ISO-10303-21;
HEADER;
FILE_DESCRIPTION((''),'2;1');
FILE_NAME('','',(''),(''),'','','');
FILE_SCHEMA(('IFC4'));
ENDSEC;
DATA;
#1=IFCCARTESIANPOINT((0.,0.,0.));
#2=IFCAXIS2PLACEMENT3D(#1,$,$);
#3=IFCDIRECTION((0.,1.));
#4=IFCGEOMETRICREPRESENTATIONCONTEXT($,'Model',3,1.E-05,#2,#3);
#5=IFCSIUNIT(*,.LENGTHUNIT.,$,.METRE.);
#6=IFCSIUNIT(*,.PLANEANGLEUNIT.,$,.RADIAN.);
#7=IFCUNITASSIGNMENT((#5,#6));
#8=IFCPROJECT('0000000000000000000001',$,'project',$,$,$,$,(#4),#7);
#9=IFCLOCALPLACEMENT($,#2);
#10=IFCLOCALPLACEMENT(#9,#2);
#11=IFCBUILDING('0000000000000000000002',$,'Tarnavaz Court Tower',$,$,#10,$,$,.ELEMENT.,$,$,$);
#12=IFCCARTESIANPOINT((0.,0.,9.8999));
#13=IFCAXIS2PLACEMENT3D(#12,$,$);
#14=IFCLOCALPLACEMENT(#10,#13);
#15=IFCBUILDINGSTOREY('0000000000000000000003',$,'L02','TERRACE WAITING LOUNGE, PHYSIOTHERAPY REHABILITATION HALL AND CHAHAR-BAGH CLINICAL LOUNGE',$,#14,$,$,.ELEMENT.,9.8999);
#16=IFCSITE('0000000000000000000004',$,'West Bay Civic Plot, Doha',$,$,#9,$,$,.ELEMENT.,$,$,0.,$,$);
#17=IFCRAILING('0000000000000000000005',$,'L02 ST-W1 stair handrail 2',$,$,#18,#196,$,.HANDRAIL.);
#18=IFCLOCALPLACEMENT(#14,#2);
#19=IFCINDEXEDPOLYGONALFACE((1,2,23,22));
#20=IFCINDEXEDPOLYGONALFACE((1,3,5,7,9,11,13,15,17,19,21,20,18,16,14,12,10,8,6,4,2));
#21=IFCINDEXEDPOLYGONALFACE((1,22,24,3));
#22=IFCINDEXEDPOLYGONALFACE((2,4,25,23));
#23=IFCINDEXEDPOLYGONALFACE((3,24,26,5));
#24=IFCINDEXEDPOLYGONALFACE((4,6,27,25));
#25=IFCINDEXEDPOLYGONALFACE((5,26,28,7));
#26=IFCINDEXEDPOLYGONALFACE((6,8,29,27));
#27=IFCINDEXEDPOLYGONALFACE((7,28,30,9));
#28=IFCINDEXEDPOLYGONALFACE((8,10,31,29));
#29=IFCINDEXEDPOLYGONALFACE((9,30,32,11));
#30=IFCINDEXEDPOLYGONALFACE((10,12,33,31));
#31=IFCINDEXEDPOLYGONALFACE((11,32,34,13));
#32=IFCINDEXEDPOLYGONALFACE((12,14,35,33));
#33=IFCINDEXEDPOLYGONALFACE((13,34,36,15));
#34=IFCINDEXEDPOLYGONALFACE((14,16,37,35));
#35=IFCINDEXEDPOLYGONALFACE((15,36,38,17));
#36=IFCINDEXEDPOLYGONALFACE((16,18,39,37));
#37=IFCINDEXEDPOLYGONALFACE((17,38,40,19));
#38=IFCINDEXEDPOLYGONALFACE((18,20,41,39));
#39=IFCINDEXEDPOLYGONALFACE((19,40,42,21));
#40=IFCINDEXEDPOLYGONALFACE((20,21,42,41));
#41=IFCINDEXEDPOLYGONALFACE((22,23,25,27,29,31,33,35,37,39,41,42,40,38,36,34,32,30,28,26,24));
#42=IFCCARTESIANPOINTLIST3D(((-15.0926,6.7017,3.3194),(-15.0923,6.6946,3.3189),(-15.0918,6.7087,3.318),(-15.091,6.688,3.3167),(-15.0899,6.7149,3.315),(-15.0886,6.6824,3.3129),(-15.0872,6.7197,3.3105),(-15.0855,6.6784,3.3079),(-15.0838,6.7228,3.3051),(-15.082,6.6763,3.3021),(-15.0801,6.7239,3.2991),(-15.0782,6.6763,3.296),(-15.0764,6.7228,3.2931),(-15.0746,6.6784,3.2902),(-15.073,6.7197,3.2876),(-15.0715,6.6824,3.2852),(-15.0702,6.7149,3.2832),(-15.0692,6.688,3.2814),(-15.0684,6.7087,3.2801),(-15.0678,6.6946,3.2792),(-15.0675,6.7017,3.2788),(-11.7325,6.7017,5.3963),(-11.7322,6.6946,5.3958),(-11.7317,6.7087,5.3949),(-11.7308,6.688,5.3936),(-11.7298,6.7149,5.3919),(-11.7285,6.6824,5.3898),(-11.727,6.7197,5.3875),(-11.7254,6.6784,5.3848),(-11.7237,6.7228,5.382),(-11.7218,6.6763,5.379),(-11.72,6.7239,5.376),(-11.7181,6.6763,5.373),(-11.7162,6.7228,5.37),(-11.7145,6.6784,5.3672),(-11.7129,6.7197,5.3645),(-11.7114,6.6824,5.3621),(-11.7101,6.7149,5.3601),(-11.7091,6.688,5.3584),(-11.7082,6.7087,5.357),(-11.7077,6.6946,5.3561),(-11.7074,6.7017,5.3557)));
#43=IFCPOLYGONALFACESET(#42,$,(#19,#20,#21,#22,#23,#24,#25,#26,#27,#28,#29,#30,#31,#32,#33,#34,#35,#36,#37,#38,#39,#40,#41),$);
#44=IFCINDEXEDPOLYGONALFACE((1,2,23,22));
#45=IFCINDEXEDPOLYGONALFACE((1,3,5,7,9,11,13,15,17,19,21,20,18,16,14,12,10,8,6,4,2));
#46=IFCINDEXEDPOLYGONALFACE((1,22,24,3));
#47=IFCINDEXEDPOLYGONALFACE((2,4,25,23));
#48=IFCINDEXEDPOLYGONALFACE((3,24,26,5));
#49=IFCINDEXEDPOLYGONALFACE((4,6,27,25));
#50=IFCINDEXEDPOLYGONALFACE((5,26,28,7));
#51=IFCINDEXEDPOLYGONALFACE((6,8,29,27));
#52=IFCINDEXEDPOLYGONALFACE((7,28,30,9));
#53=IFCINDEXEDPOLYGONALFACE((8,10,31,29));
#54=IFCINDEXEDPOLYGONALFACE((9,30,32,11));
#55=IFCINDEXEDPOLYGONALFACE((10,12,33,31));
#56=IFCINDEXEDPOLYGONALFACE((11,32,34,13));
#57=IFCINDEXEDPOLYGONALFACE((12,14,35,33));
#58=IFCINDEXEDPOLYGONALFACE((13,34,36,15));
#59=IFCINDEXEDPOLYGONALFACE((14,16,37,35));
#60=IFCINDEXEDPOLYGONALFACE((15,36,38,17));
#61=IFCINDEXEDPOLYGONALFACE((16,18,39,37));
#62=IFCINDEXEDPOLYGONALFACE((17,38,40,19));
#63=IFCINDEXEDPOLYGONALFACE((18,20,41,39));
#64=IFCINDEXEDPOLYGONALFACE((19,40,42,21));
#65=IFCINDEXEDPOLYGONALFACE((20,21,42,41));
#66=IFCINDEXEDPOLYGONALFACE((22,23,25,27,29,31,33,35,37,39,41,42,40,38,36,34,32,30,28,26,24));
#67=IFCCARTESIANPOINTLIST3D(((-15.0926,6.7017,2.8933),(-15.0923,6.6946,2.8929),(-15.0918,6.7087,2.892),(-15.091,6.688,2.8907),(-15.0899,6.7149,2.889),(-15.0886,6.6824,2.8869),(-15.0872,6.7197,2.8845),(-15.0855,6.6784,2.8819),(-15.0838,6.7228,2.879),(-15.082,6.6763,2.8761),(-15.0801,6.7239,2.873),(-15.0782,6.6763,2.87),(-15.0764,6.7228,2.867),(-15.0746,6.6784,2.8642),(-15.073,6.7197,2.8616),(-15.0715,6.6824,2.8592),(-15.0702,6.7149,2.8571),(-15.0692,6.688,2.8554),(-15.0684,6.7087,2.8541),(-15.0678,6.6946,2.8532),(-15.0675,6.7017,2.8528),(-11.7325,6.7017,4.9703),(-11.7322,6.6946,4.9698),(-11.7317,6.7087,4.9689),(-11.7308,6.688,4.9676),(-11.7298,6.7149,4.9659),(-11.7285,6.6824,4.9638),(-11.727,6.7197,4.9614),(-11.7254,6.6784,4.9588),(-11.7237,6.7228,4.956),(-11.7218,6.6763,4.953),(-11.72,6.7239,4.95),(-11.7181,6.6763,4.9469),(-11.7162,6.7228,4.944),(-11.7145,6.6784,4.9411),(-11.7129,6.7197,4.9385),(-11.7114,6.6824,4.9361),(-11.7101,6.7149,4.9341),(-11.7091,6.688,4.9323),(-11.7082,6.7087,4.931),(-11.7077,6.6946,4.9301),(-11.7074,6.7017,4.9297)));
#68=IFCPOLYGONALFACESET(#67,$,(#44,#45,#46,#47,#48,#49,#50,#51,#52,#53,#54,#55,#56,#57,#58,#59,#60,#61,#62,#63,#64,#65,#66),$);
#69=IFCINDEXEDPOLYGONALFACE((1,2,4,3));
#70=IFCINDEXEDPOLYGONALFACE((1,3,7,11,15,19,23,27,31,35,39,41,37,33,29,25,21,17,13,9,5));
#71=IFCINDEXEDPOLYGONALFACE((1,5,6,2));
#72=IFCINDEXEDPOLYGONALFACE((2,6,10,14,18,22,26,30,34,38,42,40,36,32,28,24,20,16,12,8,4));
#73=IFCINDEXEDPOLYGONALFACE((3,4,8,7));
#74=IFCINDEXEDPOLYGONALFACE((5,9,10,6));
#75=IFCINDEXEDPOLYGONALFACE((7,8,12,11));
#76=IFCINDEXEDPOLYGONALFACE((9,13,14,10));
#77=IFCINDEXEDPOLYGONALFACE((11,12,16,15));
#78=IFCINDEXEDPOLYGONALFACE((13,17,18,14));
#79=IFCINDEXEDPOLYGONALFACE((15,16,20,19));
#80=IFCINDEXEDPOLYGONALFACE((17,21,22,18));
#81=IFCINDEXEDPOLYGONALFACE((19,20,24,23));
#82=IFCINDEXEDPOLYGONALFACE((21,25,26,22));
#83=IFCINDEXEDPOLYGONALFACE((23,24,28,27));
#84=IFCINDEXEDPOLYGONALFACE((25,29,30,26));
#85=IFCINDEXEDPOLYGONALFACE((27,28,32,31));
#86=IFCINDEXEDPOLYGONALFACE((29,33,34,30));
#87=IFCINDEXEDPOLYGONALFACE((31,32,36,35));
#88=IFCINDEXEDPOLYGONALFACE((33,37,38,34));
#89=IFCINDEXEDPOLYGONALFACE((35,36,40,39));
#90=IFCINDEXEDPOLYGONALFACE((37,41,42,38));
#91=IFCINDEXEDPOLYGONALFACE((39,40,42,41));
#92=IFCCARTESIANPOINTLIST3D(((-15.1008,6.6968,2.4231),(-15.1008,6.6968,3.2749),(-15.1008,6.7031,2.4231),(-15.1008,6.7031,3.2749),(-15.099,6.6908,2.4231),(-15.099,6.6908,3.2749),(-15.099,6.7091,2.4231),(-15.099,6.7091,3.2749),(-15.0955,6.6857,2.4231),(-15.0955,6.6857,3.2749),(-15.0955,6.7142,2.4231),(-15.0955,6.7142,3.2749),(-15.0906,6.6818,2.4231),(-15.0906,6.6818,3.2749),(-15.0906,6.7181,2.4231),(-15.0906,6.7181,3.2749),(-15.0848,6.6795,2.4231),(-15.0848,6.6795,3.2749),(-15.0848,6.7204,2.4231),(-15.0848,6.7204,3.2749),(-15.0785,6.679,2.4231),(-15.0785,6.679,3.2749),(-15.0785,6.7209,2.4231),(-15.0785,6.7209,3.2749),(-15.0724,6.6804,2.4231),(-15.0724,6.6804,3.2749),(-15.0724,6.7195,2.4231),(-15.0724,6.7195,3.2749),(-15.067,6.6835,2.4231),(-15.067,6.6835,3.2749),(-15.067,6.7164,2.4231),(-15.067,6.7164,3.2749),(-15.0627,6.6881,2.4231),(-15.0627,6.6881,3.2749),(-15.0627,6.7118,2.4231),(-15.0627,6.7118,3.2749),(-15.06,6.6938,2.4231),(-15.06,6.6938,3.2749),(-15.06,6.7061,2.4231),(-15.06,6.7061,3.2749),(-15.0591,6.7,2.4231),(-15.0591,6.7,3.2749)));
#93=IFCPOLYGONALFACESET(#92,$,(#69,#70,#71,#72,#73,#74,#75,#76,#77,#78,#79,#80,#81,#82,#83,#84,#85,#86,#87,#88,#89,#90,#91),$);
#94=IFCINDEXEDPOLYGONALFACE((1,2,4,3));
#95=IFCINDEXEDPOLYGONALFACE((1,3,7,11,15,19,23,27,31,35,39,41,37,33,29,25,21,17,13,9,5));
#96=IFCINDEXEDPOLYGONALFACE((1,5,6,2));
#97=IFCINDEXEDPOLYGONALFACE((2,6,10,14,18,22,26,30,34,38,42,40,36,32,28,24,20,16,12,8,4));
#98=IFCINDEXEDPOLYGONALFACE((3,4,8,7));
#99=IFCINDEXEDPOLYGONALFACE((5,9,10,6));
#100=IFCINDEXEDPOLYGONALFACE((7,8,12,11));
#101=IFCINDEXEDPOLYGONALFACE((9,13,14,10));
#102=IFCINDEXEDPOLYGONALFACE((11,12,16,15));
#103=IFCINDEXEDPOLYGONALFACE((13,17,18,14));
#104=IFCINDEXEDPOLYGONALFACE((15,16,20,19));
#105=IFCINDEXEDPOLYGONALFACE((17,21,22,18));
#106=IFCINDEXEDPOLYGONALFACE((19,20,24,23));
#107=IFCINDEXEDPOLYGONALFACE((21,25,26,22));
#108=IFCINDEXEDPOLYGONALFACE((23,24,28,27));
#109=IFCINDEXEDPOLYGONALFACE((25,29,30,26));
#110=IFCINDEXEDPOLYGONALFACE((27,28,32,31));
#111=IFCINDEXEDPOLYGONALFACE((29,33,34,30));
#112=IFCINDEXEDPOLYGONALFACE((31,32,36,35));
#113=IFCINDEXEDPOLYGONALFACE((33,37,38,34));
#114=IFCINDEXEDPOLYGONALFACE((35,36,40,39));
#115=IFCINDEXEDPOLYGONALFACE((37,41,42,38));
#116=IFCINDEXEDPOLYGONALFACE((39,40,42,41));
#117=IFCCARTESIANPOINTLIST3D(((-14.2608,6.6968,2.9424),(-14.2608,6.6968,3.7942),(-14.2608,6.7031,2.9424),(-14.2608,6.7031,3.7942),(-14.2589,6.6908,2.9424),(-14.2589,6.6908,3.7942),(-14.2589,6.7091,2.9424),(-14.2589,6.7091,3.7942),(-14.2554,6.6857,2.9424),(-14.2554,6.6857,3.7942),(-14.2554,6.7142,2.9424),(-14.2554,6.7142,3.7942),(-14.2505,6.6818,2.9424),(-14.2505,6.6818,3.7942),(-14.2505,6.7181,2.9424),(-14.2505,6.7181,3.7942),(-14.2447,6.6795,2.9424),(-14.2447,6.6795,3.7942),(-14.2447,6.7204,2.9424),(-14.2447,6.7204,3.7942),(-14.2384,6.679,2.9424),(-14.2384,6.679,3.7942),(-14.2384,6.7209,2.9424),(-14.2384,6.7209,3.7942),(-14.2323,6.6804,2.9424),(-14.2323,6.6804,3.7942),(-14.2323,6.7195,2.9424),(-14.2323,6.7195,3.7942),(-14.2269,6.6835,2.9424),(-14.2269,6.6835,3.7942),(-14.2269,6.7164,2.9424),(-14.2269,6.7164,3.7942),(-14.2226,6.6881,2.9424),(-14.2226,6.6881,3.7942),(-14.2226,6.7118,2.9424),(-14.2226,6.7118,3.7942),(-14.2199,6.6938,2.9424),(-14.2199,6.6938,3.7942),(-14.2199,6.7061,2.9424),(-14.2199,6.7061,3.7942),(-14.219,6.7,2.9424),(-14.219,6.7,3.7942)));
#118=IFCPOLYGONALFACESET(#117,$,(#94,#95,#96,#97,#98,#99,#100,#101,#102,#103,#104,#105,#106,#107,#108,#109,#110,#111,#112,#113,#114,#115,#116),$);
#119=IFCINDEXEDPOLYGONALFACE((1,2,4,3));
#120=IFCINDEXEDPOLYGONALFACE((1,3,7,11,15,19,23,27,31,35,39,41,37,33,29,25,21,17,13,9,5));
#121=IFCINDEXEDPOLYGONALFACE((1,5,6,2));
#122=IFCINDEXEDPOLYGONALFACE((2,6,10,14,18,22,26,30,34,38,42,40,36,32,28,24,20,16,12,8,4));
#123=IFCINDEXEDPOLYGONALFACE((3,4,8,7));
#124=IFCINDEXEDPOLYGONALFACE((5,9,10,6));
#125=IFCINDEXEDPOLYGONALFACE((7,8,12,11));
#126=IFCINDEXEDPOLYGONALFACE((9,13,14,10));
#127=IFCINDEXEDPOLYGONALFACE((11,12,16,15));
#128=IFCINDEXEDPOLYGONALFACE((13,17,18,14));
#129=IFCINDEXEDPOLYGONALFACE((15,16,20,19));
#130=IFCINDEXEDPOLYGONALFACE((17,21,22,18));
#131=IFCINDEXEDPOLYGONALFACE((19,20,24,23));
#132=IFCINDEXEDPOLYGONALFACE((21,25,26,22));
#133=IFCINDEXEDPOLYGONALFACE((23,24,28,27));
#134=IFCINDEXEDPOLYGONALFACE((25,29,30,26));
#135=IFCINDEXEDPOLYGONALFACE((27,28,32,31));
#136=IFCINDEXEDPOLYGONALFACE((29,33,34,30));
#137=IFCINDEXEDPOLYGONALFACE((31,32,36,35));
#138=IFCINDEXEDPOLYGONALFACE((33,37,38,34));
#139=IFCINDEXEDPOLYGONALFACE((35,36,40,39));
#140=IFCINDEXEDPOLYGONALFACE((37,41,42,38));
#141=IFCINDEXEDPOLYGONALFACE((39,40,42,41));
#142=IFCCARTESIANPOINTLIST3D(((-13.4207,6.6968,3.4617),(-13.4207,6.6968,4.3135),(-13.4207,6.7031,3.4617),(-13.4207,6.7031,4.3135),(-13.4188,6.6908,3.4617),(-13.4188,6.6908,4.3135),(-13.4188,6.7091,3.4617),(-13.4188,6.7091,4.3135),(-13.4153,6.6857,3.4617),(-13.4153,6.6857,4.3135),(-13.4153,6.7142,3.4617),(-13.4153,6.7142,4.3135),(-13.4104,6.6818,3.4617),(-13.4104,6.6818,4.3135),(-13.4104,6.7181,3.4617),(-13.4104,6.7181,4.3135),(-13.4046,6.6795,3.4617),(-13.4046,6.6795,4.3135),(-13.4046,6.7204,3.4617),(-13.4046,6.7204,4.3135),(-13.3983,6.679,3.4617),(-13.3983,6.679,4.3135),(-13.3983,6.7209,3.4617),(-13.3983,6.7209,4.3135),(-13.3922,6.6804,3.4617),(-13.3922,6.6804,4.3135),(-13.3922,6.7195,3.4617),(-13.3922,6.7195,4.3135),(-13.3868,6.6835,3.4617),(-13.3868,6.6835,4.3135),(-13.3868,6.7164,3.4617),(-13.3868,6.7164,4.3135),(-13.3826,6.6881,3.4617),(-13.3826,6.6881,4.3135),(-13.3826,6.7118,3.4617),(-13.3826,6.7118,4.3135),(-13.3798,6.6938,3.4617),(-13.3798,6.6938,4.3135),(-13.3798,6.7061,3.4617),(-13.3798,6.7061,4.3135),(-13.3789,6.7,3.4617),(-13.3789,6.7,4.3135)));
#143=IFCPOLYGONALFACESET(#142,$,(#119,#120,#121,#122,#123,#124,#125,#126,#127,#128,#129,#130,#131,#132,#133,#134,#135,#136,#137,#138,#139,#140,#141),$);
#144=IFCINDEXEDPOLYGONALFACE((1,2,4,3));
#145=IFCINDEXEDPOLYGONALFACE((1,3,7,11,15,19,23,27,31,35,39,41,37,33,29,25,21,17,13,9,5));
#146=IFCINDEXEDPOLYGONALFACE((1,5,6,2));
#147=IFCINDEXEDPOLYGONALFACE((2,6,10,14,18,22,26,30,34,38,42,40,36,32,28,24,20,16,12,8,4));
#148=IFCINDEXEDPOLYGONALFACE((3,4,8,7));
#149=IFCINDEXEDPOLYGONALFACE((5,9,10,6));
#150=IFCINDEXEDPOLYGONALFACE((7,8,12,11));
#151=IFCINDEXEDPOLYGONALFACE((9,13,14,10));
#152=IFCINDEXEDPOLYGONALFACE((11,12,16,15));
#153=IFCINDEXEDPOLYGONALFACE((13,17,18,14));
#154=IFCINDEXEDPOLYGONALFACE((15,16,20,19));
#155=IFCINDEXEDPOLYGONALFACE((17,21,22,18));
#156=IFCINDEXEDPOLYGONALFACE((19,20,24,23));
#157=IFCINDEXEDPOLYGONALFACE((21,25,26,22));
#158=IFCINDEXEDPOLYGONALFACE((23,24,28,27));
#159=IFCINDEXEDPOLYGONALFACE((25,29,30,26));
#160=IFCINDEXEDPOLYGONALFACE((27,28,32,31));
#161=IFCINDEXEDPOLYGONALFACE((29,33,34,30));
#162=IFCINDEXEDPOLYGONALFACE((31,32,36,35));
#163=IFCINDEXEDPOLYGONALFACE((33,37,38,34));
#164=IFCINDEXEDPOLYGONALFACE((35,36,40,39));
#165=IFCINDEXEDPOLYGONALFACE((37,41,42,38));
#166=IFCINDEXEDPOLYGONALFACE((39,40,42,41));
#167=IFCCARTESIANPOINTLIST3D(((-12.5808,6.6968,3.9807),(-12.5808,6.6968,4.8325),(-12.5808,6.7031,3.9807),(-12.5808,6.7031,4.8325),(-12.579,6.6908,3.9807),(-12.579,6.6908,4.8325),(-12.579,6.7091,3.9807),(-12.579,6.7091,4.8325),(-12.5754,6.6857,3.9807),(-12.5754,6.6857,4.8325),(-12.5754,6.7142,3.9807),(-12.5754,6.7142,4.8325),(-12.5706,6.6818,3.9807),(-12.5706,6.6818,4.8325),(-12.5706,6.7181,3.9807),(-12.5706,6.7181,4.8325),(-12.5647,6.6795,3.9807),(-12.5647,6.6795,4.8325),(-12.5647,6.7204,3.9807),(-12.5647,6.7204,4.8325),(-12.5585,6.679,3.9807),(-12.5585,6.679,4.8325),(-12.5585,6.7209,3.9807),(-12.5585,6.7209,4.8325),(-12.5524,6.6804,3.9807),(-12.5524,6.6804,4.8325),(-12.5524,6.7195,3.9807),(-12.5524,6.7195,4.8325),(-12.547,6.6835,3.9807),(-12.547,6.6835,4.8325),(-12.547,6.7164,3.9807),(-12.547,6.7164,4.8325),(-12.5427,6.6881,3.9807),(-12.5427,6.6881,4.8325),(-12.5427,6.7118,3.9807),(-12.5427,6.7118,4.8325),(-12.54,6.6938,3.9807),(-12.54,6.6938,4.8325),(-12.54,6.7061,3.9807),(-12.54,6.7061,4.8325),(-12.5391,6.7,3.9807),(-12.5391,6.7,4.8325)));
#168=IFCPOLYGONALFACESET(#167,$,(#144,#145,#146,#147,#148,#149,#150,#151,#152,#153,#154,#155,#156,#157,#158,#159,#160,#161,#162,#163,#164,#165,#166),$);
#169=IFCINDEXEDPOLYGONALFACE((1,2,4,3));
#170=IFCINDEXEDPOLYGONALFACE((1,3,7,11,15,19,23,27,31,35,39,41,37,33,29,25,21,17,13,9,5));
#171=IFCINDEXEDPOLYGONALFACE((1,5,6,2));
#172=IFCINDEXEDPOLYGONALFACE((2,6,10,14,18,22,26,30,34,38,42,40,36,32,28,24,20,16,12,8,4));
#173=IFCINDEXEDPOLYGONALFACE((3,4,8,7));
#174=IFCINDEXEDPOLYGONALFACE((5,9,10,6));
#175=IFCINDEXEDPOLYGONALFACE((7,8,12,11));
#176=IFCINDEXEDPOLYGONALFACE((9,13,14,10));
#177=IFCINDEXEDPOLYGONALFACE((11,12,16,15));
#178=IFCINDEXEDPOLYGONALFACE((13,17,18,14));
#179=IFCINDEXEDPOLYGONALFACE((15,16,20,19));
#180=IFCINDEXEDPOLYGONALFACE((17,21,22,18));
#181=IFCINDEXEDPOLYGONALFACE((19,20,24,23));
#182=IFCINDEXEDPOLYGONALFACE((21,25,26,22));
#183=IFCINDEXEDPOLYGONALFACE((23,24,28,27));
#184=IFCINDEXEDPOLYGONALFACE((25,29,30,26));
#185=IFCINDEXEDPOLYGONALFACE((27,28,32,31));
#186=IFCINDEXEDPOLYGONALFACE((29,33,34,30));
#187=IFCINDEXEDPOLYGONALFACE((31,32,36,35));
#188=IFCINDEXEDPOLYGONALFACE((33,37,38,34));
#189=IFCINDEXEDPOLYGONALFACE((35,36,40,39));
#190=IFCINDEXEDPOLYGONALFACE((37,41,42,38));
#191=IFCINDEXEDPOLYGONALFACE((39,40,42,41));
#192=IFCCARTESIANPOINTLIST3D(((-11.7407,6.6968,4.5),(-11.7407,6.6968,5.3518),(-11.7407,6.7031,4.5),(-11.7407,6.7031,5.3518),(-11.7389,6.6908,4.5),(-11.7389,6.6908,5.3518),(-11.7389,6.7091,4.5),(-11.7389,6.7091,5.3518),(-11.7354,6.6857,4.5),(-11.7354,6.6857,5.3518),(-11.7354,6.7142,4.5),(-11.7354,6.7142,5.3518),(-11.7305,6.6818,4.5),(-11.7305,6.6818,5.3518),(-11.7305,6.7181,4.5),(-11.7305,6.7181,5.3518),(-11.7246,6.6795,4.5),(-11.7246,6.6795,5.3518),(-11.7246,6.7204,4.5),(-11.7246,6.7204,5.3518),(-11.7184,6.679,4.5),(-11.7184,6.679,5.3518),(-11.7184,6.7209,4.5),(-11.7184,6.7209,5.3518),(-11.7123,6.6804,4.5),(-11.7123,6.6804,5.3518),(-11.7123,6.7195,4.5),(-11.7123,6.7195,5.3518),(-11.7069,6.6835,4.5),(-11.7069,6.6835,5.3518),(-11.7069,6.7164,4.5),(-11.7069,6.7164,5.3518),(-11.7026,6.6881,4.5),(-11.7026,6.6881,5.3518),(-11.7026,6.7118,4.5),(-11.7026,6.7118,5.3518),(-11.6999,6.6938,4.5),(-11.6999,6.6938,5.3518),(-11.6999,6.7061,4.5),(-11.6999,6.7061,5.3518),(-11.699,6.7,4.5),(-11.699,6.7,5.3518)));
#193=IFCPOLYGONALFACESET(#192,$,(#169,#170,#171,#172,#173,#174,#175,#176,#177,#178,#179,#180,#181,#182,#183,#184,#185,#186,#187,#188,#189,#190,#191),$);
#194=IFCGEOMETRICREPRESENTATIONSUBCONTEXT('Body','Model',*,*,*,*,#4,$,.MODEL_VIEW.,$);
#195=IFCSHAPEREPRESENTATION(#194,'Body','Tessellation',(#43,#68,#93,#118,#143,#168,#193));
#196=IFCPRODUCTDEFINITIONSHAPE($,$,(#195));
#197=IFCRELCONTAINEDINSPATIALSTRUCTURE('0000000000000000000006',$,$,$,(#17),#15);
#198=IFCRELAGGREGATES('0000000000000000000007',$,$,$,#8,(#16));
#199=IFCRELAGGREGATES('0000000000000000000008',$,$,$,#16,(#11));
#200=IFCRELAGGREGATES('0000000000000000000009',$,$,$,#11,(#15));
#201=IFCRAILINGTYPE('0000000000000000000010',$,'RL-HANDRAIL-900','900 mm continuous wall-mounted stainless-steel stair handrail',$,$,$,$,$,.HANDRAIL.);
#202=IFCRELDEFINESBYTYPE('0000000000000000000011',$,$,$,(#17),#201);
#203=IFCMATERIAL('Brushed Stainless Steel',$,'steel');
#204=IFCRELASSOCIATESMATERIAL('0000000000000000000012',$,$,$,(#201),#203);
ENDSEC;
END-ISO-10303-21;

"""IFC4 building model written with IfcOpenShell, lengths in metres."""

from ifc_helpers import new_model, si_unit, direction, frame, origin, origin_2d, place, context, subcontext, project, spatial, circle, extrude, material, type_object, element, save


model = new_model("IFC4")

# Units and contexts
model_context = context("Model", 3, precision=1e-05, world=origin(), true_north=direction((0.0, 1.0)))
body_context = subcontext(model_context, "Body", "Model", "MODEL_VIEW")
ifc_project = project(units=[si_unit("LENGTHUNIT", "METRE"), si_unit("PLANEANGLEUNIT", "RADIAN")], contexts=[model_context])

# Site, building, storey
site_placement = place(None, origin())
site = spatial("IfcSite", under=ifc_project, at=site_placement, Name="West Bay Civic Plot, Doha", CompositionType="ELEMENT", RefElevation=0.0)
building_placement = place(site_placement, origin())
building = spatial("IfcBuilding", under=site, at=building_placement, Name="Tarnavaz Court Tower", CompositionType="ELEMENT")
storey_placement = place(building_placement, frame((0.0, 0.0, 9.8999)))
storey = spatial("IfcBuildingStorey", under=building, at=storey_placement, Name="L02", Description="TERRACE WAITING LOUNGE, PHYSIOTHERAPY REHABILITATION HALL AND CHAHAR-BAGH CLINICAL LOUNGE", CompositionType="ELEMENT", Elevation=9.8999)

# Railing
ifc_material_1 = material(Name="Brushed Stainless Steel", Category="steel")
railing_type_1 = type_object("IfcRailingType", Name="RL-HANDRAIL-900", Description="900 mm continuous wall-mounted stainless-steel stair handrail", PredefinedType="HANDRAIL", material=ifc_material_1)
railing_1_placement = place(storey_placement, frame((-15.0801, 6.7, 2.4231)))
element("IfcRailing", 1, at=railing_1_placement, inside=storey, type_object=railing_type_1, Name="L02 ST-W1 stair handrail 2", PredefinedType="HANDRAIL", context=body_context, shape_type="SweptSolid", body=[
    extrude(circle(Radius=0.0239, at=origin_2d()), frame((0.0, 0.0, 0.876), z_axis=(0.850623, 0.0, 0.525776), x_axis=(0.0, 1.0, 0.0)), (0.0, 0.0, 1.0), 3.9502),
    extrude(circle(Radius=0.0239, at=origin_2d()), frame((0.0, 0.0, 0.45), z_axis=(0.850623, 0.0, 0.525776), x_axis=(0.0, 1.0, 0.0)), (0.0, 0.0, 1.0), 3.9502),
    extrude(circle(Radius=0.021, at=origin_2d()), origin(), (0.0, 0.0, 1.0), 0.8518),
    extrude(circle(Radius=0.021, at=origin_2d()), frame((0.8401, 0.0, 0.5193)), (0.0, 0.0, 1.0), 0.8518),
    extrude(circle(Radius=0.021, at=origin_2d()), frame((1.6802, 0.0, 1.0386)), (0.0, 0.0, 1.0), 0.8518),
    extrude(circle(Radius=0.021, at=origin_2d()), frame((2.52, 0.0, 1.5576)), (0.0, 0.0, 1.0), 0.8518),
    extrude(circle(Radius=0.021, at=origin_2d()), frame((3.3601, 0.0, 2.0769)), (0.0, 0.0, 1.0), 0.8518),
])

save(model, "model.ifc")
